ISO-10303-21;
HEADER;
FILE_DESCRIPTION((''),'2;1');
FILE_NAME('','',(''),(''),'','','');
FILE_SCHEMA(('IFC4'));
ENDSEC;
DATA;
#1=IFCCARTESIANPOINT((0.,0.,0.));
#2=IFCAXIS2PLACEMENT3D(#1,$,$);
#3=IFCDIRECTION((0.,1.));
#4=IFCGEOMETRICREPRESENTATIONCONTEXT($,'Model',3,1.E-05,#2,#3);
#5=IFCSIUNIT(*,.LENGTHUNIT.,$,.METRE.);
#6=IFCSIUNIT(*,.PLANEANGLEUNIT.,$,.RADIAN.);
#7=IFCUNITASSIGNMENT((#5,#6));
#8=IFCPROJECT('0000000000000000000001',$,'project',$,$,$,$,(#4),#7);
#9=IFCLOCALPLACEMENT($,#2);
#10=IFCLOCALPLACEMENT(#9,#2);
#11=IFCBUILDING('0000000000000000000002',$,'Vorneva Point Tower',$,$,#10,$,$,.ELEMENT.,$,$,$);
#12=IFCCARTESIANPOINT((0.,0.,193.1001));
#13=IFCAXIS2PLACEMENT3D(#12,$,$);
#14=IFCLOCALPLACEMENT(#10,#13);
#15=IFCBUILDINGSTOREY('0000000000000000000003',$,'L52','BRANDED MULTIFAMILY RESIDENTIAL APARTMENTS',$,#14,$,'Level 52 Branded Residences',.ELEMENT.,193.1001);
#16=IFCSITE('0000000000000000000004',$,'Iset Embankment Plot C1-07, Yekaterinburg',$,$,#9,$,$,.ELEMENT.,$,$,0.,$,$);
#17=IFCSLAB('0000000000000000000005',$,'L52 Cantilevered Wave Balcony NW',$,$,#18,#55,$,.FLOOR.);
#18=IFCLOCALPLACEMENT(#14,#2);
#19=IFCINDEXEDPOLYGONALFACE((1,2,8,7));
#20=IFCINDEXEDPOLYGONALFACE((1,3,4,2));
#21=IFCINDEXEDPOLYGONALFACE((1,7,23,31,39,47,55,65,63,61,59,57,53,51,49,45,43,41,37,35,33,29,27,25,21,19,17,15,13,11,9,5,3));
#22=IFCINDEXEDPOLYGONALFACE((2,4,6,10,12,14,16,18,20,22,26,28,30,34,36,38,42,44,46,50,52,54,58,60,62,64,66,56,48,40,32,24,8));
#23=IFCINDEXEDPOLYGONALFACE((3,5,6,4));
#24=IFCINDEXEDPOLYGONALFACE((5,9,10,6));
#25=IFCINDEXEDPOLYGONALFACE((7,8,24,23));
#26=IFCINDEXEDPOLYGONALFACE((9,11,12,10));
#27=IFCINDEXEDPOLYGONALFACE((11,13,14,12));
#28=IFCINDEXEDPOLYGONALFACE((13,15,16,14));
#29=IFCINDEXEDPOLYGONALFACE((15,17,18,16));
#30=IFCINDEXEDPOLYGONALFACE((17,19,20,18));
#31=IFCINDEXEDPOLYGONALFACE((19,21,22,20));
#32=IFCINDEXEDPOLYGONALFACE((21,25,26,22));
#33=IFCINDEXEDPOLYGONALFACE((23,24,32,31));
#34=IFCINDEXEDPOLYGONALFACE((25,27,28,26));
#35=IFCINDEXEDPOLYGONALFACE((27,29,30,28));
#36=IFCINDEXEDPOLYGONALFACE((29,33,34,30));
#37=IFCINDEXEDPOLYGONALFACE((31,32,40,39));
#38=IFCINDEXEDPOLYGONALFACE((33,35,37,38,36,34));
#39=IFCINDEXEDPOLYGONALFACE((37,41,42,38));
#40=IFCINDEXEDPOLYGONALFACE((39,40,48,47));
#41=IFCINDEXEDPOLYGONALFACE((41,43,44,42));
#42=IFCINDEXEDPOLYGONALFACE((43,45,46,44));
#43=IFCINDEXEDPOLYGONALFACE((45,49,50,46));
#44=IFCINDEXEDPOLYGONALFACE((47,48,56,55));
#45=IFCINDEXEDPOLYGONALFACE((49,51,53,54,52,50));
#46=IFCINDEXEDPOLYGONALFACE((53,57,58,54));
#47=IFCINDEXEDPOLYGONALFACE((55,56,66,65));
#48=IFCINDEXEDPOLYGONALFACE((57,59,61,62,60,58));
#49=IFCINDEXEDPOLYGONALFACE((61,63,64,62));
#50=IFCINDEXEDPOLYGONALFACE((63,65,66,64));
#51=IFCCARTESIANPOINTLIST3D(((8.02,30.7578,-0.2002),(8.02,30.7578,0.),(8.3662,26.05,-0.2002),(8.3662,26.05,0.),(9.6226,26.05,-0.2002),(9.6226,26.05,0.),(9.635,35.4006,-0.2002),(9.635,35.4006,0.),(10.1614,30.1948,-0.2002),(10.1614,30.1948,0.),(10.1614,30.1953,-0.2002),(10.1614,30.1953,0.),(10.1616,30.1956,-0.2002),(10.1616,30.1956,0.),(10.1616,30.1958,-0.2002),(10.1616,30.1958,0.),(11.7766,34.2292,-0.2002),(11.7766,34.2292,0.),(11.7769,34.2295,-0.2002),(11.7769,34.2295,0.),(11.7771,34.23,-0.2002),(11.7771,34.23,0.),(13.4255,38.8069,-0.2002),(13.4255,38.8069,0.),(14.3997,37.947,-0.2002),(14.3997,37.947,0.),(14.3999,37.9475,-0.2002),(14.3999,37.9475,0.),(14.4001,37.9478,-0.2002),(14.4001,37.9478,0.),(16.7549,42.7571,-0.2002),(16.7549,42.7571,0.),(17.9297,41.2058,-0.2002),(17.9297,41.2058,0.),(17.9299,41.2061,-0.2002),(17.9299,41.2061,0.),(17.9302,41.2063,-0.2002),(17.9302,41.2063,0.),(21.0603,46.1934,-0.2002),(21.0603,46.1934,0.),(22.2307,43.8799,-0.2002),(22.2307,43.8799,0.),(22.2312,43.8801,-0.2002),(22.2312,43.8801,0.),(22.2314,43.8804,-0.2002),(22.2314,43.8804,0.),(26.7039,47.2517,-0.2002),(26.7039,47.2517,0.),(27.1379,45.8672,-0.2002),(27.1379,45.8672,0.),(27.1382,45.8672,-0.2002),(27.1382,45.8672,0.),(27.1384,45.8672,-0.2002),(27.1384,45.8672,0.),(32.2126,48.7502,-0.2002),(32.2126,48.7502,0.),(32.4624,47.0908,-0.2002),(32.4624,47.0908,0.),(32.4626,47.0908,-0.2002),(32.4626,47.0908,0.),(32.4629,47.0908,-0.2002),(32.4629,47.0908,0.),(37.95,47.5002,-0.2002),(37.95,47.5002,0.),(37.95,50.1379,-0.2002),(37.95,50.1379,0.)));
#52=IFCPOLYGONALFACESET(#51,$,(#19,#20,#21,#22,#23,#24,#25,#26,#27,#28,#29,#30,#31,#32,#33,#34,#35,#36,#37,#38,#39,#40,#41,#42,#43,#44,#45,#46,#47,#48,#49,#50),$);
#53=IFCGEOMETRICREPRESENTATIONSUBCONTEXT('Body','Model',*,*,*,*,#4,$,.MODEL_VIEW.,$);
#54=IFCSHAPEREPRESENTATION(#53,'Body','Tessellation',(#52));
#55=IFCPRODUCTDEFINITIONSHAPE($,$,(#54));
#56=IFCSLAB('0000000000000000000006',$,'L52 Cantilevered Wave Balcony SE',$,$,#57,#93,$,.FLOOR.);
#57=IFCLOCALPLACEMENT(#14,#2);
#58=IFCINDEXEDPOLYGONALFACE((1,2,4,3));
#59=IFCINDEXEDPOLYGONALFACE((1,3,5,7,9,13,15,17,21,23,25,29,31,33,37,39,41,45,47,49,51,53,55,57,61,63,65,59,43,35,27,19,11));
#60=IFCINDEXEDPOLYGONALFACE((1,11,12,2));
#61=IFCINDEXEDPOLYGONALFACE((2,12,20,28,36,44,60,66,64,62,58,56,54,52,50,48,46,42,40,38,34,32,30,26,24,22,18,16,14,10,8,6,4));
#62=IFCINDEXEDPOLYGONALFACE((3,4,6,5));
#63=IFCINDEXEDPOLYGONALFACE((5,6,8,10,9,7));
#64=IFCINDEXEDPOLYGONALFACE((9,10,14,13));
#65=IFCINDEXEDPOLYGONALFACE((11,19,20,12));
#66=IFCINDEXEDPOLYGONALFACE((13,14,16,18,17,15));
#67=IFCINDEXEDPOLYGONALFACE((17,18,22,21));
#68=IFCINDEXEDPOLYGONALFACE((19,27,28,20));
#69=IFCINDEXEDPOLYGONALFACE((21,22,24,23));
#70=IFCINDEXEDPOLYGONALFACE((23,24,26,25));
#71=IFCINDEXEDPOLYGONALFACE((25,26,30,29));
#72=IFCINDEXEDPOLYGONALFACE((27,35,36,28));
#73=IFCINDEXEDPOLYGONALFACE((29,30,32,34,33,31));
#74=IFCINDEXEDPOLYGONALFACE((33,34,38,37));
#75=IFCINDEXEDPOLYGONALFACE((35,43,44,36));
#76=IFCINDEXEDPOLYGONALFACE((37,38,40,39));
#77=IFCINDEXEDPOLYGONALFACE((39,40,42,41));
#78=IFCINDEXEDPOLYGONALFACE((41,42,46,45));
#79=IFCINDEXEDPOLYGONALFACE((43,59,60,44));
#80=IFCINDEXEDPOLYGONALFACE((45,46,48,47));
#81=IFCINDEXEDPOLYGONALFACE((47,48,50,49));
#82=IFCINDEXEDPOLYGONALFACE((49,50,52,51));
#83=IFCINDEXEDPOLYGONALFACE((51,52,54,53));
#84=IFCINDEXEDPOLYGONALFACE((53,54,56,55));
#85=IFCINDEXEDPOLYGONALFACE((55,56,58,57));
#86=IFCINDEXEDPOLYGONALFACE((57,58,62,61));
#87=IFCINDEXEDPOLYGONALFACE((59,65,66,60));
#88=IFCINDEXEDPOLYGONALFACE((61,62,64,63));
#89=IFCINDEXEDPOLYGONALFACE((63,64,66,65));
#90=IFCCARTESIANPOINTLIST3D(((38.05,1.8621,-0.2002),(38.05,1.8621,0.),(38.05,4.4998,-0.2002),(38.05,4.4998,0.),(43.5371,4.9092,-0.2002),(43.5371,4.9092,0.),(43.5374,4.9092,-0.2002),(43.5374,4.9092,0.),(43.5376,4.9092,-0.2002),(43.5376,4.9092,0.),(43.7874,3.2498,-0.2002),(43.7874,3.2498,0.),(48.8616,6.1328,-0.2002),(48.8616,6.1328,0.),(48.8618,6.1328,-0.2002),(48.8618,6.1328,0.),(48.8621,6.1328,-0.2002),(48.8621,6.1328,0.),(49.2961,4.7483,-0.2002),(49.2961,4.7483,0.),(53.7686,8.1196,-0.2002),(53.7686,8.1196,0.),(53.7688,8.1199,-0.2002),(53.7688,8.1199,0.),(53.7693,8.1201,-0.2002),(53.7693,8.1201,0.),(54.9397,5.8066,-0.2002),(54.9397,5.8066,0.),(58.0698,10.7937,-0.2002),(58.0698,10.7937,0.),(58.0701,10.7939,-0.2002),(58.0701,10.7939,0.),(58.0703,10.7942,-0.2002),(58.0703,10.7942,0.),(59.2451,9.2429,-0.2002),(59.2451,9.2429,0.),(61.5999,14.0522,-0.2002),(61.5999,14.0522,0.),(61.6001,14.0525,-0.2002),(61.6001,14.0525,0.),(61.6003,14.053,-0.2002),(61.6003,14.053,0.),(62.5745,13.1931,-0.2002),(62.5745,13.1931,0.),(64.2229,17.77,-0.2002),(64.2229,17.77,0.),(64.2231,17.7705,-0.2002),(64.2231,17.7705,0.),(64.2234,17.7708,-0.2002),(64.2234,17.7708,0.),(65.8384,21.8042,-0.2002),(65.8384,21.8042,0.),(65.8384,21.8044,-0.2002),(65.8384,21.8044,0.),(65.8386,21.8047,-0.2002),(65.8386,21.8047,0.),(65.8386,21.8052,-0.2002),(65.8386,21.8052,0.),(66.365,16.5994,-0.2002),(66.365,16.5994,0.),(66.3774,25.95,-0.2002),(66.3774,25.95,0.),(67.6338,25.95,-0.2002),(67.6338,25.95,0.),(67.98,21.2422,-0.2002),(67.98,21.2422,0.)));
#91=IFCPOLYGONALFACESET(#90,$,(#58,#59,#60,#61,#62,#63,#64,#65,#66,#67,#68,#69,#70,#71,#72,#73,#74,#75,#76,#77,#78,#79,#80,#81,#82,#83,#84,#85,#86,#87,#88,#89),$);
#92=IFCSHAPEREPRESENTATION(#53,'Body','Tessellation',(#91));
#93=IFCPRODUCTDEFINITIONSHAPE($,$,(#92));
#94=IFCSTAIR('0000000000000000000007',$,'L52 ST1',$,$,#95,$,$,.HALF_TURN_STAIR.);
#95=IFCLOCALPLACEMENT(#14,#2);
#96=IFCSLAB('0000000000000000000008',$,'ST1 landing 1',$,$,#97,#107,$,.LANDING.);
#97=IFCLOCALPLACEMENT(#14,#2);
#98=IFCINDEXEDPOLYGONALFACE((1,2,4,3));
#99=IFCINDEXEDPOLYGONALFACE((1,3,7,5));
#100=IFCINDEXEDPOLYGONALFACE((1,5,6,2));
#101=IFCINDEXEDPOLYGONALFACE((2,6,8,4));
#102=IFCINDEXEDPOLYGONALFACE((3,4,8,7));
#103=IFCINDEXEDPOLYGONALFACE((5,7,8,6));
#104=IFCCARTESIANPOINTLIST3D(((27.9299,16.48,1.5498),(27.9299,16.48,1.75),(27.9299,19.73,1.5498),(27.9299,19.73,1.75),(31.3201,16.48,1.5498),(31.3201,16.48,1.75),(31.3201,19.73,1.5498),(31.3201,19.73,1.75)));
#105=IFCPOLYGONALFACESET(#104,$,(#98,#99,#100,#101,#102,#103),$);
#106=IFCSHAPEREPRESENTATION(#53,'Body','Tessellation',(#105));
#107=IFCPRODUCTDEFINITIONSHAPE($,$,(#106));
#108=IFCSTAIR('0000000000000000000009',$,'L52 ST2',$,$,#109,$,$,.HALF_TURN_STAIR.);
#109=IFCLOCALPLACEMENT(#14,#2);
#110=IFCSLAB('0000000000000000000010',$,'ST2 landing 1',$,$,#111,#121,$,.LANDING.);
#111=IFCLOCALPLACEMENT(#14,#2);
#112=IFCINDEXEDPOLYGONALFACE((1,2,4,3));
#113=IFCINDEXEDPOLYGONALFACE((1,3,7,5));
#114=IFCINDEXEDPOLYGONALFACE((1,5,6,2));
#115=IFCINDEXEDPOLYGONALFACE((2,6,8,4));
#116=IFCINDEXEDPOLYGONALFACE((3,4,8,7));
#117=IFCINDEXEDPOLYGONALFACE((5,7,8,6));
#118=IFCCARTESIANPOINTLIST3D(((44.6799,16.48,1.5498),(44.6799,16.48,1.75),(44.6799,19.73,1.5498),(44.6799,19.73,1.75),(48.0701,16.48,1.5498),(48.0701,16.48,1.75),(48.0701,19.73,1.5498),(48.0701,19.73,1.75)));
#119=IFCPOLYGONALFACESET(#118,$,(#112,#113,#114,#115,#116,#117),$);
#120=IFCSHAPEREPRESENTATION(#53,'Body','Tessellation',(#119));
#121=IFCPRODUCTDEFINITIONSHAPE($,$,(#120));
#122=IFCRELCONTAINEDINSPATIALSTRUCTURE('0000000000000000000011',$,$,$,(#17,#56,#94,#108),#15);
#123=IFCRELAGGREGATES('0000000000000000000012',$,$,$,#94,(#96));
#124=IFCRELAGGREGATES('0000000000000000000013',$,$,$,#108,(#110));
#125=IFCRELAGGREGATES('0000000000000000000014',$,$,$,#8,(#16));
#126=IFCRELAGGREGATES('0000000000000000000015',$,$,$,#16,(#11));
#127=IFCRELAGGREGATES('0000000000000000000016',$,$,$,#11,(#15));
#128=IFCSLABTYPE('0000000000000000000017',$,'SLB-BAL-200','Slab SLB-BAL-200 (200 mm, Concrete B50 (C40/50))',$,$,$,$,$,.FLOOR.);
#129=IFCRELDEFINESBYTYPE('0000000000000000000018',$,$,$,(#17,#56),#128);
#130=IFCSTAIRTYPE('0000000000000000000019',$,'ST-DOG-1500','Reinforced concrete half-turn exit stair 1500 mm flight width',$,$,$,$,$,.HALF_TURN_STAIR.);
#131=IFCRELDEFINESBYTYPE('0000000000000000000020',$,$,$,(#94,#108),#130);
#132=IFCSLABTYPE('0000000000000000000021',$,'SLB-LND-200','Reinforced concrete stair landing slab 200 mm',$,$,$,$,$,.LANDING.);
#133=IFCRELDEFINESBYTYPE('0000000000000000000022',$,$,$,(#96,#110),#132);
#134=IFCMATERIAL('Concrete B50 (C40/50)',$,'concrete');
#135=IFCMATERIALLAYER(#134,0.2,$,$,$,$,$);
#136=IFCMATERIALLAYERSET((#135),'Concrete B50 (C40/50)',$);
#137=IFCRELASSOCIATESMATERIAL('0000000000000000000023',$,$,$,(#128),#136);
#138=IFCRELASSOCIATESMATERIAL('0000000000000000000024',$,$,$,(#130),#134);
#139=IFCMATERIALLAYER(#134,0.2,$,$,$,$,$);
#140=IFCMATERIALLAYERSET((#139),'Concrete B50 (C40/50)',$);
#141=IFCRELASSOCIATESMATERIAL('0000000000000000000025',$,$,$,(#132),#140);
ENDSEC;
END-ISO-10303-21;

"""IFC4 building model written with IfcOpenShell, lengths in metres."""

from ifc_helpers import new_model, si_unit, direction, frame, origin, place, context, subcontext, project, spatial, polyline, outline, extrude, material, layer, layer_set, type_object, element, aggregate, save


model = new_model("IFC4")

# Units and contexts
model_context = context("Model", 3, precision=1e-05, world=origin(), true_north=direction((0.0, 1.0)))
body_context = subcontext(model_context, "Body", "Model", "MODEL_VIEW")
ifc_project = project(units=[si_unit("LENGTHUNIT", "METRE"), si_unit("PLANEANGLEUNIT", "RADIAN")], contexts=[model_context])

# Site, building, storey
site_placement = place(None, origin())
site = spatial("IfcSite", under=ifc_project, at=site_placement, Name="Iset Embankment Plot C1-07, Yekaterinburg", CompositionType="ELEMENT", RefElevation=0.0)
building_placement = place(site_placement, origin())
building = spatial("IfcBuilding", under=site, at=building_placement, Name="Vorneva Point Tower", CompositionType="ELEMENT")
storey_placement = place(building_placement, frame((0.0, 0.0, 193.1001)))
storey = spatial("IfcBuildingStorey", under=building, at=storey_placement, Name="L52", Description="BRANDED MULTIFAMILY RESIDENTIAL APARTMENTS", LongName="Level 52 Branded Residences", CompositionType="ELEMENT", Elevation=193.1001)

# Shared definitions
ifc_material_1 = material(Name="Concrete B50 (C40/50)", Category="concrete")

# Slabs
ifc_layer_1 = layer(ifc_material_1, 0.2)
ifc_layer_set_1 = layer_set([ifc_layer_1], Name="Concrete B50 (C40/50)")
slab_type_1 = type_object("IfcSlabType", Name="SLB-BAL-200", Description="Slab SLB-BAL-200 (200 mm, Concrete B50 (C40/50))", PredefinedType="FLOOR", material=ifc_layer_set_1)
slab_1_placement = place(storey_placement, frame((0.0, 0.0, -0.2002)))
element("IfcSlab", 1, at=slab_1_placement, inside=storey, type_object=slab_type_1, Name="L52 Cantilevered Wave Balcony NW", PredefinedType="FLOOR", context=body_context, shape_type="SweptSolid", body=[
    extrude(outline(polyline([(8.3662, 26.05), (9.6226, 26.05), (10.1614, 30.1948), (10.1614, 30.1953), (10.1616, 30.1956), (10.1616, 30.1958), (11.7766, 34.2292), (11.7769, 34.2295), (11.7771, 34.23), (14.3997, 37.947), (14.3999, 37.9475), (14.4001, 37.9478), (17.9297, 41.2058), (17.9299, 41.2061), (17.9302, 41.2063), (22.2307, 43.8799), (22.2312, 43.8801), (22.2314, 43.8804), (27.1379, 45.8672), (27.1382, 45.8672), (27.1384, 45.8672), (32.4624, 47.0908), (32.4626, 47.0908), (32.4629, 47.0908), (37.95, 47.5002), (37.95, 50.1379), (32.2126, 48.7502), (26.7039, 47.2517), (21.0603, 46.1934), (16.7549, 42.7571), (13.4255, 38.8069), (9.635, 35.4006), (8.02, 30.7578), (8.3662, 26.05)])), origin(), (0.0, 0.0, 1.0), 0.2002),
])
slab_2_placement = place(storey_placement, frame((0.0, 0.0, -0.2002)))
element("IfcSlab", 2, at=slab_2_placement, inside=storey, type_object=slab_type_1, Name="L52 Cantilevered Wave Balcony SE", PredefinedType="FLOOR", context=body_context, shape_type="SweptSolid", body=[
    extrude(outline(polyline([(67.98, 21.2422), (67.6338, 25.95), (66.3774, 25.95), (65.8386, 21.8052), (65.8386, 21.8047), (65.8384, 21.8044), (65.8384, 21.8042), (64.2234, 17.7708), (64.2231, 17.7705), (64.2229, 17.77), (61.6003, 14.053), (61.6001, 14.0525), (61.5999, 14.0522), (58.0703, 10.7942), (58.0701, 10.7939), (58.0698, 10.7937), (53.7693, 8.1201), (53.7688, 8.1199), (53.7686, 8.1196), (48.8621, 6.1328), (48.8618, 6.1328), (48.8616, 6.1328), (43.5376, 4.9092), (43.5374, 4.9092), (43.5371, 4.9092), (38.05, 4.4998), (38.05, 1.8621), (43.7874, 3.2498), (49.2961, 4.7483), (54.9397, 5.8066), (59.2451, 9.2429), (62.5745, 13.1931), (66.365, 16.5994), (67.98, 21.2422)])), origin(), (0.0, 0.0, 1.0), 0.2002),
])

# Stairs, slabs
stair_type = type_object("IfcStairType", Name="ST-DOG-1500", Description="Reinforced concrete half-turn exit stair 1500 mm flight width", PredefinedType="HALF_TURN_STAIR", material=ifc_material_1)
stair_1_placement = place(storey_placement, origin())
stair_1 = element("IfcStair", 3, at=stair_1_placement, inside=storey, type_object=stair_type, Name="L52 ST1", PredefinedType="HALF_TURN_STAIR")
ifc_layer_2 = layer(ifc_material_1, 0.2)
ifc_layer_set_2 = layer_set([ifc_layer_2], Name="Concrete B50 (C40/50)")
slab_type_2 = type_object("IfcSlabType", Name="SLB-LND-200", Description="Reinforced concrete stair landing slab 200 mm", PredefinedType="LANDING", material=ifc_layer_set_2)
slab_3_placement = place(storey_placement, frame((0.0, 0.0, 1.5498)))
slab_3 = element("IfcSlab", 4, at=slab_3_placement, type_object=slab_type_2, Name="ST1 landing 1", PredefinedType="LANDING", context=body_context, shape_type="SweptSolid", body=[
    extrude(outline(polyline([(27.9299, 16.48), (31.3201, 16.48), (31.3201, 19.73), (27.9299, 19.73), (27.9299, 16.48)])), origin(), (0.0, 0.0, 1.0), 0.2002),
])
aggregate(stair_1, [slab_3])
stair_2_placement = place(storey_placement, origin())
stair_2 = element("IfcStair", 5, at=stair_2_placement, inside=storey, type_object=stair_type, Name="L52 ST2", PredefinedType="HALF_TURN_STAIR")
slab_4_placement = place(storey_placement, frame((0.0, 0.0, 1.5498)))
slab_4 = element("IfcSlab", 6, at=slab_4_placement, type_object=slab_type_2, Name="ST2 landing 1", PredefinedType="LANDING", context=body_context, shape_type="SweptSolid", body=[
    extrude(outline(polyline([(44.6799, 16.48), (48.0701, 16.48), (48.0701, 19.73), (44.6799, 19.73), (44.6799, 16.48)])), origin(), (0.0, 0.0, 1.0), 0.2002),
])
aggregate(stair_2, [slab_4])

save(model, "model.ifc")
